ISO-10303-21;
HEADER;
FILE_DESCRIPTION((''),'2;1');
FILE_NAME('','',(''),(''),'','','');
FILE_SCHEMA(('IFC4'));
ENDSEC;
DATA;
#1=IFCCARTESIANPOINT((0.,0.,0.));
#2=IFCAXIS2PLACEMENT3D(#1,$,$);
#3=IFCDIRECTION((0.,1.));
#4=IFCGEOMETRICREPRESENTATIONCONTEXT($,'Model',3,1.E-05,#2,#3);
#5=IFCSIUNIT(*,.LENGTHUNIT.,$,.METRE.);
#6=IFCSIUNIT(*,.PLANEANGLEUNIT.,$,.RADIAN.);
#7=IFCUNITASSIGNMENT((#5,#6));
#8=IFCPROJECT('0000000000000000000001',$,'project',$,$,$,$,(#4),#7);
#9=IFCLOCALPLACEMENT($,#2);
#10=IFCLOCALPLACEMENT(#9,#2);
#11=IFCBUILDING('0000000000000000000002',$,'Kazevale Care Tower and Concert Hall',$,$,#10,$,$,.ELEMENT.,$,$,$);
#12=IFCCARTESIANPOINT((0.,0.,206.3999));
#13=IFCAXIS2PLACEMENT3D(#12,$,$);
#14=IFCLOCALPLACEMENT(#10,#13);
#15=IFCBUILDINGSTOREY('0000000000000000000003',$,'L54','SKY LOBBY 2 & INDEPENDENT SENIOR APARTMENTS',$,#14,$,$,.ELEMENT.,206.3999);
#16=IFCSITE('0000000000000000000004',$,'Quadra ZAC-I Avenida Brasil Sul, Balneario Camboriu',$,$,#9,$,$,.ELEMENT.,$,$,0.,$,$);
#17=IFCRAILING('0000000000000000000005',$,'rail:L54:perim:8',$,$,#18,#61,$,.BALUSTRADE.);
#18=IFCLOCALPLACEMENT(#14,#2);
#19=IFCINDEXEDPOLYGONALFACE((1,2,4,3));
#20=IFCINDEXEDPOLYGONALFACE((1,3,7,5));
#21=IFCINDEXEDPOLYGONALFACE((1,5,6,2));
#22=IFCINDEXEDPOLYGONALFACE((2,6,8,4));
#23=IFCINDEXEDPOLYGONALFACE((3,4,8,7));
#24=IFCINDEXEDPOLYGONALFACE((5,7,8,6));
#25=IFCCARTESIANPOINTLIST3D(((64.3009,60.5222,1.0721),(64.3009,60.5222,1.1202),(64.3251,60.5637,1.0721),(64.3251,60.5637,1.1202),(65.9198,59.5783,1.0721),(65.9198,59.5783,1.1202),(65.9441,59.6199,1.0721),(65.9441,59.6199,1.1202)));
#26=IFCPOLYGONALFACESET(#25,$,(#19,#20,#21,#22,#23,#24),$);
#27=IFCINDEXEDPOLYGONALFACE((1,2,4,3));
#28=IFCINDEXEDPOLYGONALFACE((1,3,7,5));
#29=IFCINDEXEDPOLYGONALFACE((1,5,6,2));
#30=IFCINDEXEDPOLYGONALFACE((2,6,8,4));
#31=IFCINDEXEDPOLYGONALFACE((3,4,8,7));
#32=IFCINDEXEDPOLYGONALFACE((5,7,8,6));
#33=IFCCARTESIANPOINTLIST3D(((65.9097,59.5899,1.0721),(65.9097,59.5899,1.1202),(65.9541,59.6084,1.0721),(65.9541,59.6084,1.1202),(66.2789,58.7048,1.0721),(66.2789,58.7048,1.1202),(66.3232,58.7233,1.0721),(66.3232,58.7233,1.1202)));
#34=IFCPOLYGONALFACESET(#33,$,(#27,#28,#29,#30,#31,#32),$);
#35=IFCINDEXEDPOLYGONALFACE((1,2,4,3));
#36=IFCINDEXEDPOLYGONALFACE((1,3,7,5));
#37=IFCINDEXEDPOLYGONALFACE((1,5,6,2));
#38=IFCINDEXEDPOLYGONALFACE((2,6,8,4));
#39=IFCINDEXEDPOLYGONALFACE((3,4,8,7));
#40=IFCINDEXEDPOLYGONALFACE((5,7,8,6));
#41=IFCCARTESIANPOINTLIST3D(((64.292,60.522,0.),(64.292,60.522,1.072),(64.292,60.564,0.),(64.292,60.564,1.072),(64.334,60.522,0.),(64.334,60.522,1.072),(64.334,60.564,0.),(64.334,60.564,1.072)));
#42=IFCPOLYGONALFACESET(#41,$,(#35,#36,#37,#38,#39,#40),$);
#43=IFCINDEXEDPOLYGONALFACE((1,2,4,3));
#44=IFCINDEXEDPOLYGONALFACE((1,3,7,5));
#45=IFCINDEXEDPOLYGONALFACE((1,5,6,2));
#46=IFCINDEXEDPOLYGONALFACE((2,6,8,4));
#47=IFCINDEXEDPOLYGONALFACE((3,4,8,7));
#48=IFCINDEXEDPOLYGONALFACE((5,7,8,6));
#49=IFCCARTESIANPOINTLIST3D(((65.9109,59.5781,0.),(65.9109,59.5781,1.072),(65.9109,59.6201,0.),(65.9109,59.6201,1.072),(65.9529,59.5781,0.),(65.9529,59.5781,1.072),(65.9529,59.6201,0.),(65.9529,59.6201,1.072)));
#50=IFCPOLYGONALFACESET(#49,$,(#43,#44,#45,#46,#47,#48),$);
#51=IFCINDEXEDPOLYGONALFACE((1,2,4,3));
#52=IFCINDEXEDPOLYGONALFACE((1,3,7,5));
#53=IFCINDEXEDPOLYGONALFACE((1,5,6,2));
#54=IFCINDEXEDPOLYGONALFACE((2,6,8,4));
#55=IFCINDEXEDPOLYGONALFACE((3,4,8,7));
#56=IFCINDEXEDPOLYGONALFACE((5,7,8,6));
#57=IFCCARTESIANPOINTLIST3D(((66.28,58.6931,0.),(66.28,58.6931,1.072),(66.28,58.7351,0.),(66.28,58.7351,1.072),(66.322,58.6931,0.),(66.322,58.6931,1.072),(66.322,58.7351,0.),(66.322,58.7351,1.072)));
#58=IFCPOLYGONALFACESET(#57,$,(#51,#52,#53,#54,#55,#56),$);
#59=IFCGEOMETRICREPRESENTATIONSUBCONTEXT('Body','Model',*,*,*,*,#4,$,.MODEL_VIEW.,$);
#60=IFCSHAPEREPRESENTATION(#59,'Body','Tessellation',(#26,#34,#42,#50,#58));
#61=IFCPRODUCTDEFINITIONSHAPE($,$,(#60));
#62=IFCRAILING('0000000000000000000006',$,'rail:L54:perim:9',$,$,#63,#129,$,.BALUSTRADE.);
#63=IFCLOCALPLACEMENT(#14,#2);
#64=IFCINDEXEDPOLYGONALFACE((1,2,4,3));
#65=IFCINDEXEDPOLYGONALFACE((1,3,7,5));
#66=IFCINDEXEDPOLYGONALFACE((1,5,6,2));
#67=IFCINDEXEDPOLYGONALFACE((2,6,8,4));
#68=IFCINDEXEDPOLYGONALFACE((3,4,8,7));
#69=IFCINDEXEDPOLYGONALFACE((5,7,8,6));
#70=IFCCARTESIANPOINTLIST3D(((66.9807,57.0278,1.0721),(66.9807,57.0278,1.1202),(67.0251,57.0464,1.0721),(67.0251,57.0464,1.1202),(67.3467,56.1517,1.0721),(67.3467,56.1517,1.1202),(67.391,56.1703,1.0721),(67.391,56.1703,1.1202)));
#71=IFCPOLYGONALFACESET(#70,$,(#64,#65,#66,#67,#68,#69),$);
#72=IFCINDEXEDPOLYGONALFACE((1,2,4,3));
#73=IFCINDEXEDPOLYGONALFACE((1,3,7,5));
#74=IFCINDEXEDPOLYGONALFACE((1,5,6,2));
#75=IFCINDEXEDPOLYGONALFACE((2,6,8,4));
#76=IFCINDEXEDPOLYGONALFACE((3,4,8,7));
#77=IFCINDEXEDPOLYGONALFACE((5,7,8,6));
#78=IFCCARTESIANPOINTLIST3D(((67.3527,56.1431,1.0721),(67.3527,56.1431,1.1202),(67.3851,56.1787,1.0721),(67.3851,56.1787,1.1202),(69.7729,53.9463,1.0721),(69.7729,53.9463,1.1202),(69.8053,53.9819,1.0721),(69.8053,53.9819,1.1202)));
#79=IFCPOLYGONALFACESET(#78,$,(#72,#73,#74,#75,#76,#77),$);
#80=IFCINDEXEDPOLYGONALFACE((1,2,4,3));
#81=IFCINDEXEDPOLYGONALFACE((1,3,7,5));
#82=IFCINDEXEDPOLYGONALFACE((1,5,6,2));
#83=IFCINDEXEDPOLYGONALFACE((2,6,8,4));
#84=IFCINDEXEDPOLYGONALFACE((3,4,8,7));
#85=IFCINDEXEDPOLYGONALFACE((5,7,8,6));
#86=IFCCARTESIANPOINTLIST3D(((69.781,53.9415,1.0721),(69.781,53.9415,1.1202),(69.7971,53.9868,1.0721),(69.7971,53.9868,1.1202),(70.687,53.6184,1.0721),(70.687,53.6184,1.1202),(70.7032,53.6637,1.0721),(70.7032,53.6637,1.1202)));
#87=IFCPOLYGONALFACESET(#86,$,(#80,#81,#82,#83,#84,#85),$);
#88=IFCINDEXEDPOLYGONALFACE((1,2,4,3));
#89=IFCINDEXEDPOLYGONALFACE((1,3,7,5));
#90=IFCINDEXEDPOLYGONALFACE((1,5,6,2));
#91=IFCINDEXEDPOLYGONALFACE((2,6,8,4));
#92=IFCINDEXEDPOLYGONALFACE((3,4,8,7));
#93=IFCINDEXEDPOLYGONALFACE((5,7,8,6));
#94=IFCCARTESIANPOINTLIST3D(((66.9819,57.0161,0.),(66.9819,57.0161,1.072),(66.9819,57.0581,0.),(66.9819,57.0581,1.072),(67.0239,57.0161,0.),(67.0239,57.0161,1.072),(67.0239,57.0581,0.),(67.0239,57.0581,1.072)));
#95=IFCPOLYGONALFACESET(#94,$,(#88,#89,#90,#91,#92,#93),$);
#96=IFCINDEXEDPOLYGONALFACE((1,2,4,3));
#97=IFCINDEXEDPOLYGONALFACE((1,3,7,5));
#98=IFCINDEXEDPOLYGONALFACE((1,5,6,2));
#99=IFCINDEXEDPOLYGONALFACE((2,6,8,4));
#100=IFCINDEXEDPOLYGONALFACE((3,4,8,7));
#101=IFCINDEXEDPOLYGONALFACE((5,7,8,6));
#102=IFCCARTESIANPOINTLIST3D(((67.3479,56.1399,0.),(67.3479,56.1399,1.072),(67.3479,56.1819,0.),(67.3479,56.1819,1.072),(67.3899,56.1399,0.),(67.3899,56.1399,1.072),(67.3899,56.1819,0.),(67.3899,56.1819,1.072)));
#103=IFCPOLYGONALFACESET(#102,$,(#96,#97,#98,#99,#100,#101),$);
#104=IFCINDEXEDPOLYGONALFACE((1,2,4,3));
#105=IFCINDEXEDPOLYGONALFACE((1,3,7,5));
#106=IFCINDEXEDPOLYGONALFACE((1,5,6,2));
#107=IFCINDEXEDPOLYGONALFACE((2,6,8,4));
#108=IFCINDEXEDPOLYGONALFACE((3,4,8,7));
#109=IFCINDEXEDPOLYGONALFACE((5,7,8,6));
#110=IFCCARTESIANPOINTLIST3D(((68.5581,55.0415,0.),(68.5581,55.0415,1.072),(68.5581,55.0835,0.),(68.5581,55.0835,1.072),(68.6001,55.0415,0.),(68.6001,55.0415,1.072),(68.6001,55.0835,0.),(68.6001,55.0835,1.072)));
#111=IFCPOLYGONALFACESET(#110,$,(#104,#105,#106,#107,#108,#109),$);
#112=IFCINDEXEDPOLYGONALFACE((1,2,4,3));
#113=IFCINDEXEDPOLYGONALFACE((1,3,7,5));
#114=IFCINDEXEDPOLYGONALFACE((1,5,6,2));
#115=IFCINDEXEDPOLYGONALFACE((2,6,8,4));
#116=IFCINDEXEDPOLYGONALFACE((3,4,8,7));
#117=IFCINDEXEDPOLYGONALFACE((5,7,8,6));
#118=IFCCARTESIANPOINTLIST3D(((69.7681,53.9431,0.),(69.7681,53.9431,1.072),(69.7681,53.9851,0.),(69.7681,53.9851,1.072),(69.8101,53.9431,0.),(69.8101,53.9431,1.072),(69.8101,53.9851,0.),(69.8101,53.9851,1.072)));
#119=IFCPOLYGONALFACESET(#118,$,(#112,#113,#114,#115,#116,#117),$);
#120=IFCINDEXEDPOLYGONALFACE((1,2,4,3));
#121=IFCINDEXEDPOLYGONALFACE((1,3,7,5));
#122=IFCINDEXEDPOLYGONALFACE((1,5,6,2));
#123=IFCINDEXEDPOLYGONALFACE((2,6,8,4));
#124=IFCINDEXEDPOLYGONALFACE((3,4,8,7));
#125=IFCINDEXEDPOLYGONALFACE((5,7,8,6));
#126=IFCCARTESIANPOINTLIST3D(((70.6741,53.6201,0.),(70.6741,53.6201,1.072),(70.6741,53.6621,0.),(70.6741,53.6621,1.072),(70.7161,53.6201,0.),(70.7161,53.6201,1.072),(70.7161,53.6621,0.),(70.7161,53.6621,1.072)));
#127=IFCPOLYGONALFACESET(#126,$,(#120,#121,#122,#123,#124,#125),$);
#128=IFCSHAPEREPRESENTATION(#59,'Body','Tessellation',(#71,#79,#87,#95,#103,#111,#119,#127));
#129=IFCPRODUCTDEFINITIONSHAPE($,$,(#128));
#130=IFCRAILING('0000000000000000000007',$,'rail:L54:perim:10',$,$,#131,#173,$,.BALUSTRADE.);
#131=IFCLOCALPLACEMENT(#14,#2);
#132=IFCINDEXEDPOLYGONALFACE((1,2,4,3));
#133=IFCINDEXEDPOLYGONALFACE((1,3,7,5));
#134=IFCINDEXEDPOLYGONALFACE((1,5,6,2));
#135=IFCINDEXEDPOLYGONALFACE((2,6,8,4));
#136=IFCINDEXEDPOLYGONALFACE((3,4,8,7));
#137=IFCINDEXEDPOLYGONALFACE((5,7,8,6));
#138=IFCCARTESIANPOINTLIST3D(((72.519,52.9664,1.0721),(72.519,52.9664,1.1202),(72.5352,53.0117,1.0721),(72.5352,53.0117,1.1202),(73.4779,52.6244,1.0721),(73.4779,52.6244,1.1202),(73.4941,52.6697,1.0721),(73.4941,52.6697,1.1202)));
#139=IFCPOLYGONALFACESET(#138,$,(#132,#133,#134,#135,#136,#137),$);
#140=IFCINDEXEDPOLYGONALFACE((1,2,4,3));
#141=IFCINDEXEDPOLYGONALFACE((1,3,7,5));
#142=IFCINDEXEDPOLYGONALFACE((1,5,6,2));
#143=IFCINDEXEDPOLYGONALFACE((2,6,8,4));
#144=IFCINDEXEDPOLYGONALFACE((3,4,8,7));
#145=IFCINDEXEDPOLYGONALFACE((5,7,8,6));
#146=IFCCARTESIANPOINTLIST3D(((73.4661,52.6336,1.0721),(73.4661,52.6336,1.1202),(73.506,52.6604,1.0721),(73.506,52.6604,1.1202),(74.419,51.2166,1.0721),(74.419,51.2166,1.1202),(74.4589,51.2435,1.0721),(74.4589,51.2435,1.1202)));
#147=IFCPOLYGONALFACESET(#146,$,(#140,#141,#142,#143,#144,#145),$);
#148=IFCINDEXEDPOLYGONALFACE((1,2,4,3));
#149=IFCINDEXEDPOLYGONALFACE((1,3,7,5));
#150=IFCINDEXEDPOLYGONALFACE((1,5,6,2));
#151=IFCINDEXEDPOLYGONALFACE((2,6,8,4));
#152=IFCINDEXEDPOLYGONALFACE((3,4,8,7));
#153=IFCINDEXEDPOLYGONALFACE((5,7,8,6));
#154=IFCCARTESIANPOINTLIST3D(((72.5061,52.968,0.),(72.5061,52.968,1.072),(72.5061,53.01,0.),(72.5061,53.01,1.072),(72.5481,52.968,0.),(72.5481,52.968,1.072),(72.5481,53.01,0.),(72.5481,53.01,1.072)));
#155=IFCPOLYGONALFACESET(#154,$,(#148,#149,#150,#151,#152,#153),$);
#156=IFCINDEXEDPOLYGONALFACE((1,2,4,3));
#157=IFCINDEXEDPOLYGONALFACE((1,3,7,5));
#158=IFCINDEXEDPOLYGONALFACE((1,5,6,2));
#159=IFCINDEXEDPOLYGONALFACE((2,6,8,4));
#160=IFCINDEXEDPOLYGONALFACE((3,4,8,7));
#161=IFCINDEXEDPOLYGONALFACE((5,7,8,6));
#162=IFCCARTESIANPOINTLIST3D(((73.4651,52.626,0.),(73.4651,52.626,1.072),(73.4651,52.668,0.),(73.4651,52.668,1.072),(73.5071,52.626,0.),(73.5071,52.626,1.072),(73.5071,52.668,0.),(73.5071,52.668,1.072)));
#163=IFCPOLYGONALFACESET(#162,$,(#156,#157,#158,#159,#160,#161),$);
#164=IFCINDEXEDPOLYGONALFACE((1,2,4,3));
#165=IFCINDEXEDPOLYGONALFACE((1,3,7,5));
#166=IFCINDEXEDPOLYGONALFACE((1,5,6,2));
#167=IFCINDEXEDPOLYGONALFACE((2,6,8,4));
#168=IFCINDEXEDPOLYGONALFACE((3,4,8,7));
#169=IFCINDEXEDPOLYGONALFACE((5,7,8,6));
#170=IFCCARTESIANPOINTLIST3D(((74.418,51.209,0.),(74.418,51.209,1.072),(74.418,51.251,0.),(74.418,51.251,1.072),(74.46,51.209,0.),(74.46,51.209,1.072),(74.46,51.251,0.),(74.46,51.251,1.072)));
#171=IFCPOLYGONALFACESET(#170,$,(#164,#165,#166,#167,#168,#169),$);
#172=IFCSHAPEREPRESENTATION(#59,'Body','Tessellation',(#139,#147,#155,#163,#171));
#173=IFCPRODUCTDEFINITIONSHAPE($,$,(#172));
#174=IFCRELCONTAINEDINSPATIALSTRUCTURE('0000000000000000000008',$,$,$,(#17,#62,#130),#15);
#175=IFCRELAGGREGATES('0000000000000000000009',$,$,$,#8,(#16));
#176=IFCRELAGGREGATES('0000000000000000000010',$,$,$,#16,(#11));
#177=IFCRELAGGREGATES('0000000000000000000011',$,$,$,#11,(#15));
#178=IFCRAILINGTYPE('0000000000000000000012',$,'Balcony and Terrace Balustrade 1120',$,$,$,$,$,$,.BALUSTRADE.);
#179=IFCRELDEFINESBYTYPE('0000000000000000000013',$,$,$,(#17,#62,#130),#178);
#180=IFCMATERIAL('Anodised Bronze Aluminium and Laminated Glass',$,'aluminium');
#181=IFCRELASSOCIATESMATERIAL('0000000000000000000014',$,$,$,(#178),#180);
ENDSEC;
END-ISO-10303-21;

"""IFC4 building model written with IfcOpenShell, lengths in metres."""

from ifc_helpers import new_model, si_unit, direction, frame, origin, origin_2d, place, context, subcontext, project, spatial, rectangle, extrude, material, type_object, element, save


model = new_model("IFC4")

# Units and contexts
model_context = context("Model", 3, precision=1e-05, world=origin(), true_north=direction((0.0, 1.0)))
body_context = subcontext(model_context, "Body", "Model", "MODEL_VIEW")
ifc_project = project(units=[si_unit("LENGTHUNIT", "METRE"), si_unit("PLANEANGLEUNIT", "RADIAN")], contexts=[model_context])

# Site, building, storey
site_placement = place(None, origin())
site = spatial("IfcSite", under=ifc_project, at=site_placement, Name="Quadra ZAC-I Avenida Brasil Sul, Balneario Camboriu", CompositionType="ELEMENT", RefElevation=0.0)
building_placement = place(site_placement, origin())
building = spatial("IfcBuilding", under=site, at=building_placement, Name="Kazevale Care Tower and Concert Hall", CompositionType="ELEMENT")
storey_placement = place(building_placement, frame((0.0, 0.0, 206.3999)))
storey = spatial("IfcBuildingStorey", under=building, at=storey_placement, Name="L54", Description="SKY LOBBY 2 & INDEPENDENT SENIOR APARTMENTS", CompositionType="ELEMENT", Elevation=206.3999)

# Railings
ifc_material_1 = material(Name="Anodised Bronze Aluminium and Laminated Glass", Category="aluminium")
railing_type = type_object("IfcRailingType", Name="Balcony and Terrace Balustrade 1120", PredefinedType="BALUSTRADE", material=ifc_material_1)
railing_1_placement = place(storey_placement, frame((64.313, 60.543, 0.0)))
element("IfcRailing", 1, at=railing_1_placement, inside=storey, type_object=railing_type, Name="rail:L54:perim:8", PredefinedType="BALUSTRADE", context=body_context, shape_type="SweptSolid", body=[
    extrude(rectangle(XDim=0.0481, YDim=0.0481, at=origin_2d()), frame((0.0, 0.0, 1.0962), z_axis=(0.863897, -0.503669, 0.0), x_axis=(0.503669, 0.863897, 0.0)), (0.0, 0.0, 1.0), 1.874),
    extrude(rectangle(XDim=0.0481, YDim=0.0481, at=origin_2d()), frame((1.6189, -0.9438, 1.0962), z_axis=(0.384959, -0.922934, 0.0), x_axis=(0.922934, 0.384959, 0.0)), (0.0, 0.0, 1.0), 0.959),
    extrude(rectangle(XDim=0.042, YDim=0.042, at=origin_2d()), origin(), (0.0, 0.0, 1.0), 1.072),
    extrude(rectangle(XDim=0.042, YDim=0.042, at=origin_2d()), frame((1.6189, -0.9438, 0.0)), (0.0, 0.0, 1.0), 1.072),
    extrude(rectangle(XDim=0.042, YDim=0.042, at=origin_2d()), frame((1.988, -1.8289, 0.0)), (0.0, 0.0, 1.0), 1.072),
])
railing_2_placement = place(storey_placement, frame((67.0029, 57.0371, 0.0)))
element("IfcRailing", 2, at=railing_2_placement, inside=storey, type_object=railing_type, Name="rail:L54:perim:9", PredefinedType="BALUSTRADE", context=body_context, shape_type="SweptSolid", body=[
    extrude(rectangle(XDim=0.0481, YDim=0.0481, at=origin_2d()), frame((0.0, 0.0, 1.0962), z_axis=(0.3854, -0.92275, 0.0), x_axis=(0.92275, 0.3854, 0.0)), (0.0, 0.0, 1.0), 0.9495),
    extrude(rectangle(XDim=0.0481, YDim=0.0481, at=origin_2d()), frame((0.366, -0.8762, 1.0962), z_axis=(0.740454, -0.672107, 0.0), x_axis=(0.672107, 0.740454, 0.0)), (0.0, 0.0, 1.0), 3.2686),
    extrude(rectangle(XDim=0.0481, YDim=0.0481, at=origin_2d()), frame((2.7861, -3.073, 1.0962), z_axis=(0.941931, -0.335806, 0.0), x_axis=(0.335806, 0.941931, 0.0)), (0.0, 0.0, 1.0), 0.9619),
    extrude(rectangle(XDim=0.042, YDim=0.042, at=origin_2d()), origin(), (0.0, 0.0, 1.0), 1.072),
    extrude(rectangle(XDim=0.042, YDim=0.042, at=origin_2d()), frame((0.366, -0.8762, 0.0)), (0.0, 0.0, 1.0), 1.072),
    extrude(rectangle(XDim=0.042, YDim=0.042, at=origin_2d()), frame((1.5762, -1.9746, 0.0)), (0.0, 0.0, 1.0), 1.072),
    extrude(rectangle(XDim=0.042, YDim=0.042, at=origin_2d()), frame((2.7861, -3.073, 0.0)), (0.0, 0.0, 1.0), 1.072),
    extrude(rectangle(XDim=0.042, YDim=0.042, at=origin_2d()), frame((3.6921, -3.396, 0.0)), (0.0, 0.0, 1.0), 1.072),
])
railing_3_placement = place(storey_placement, frame((72.5271, 52.989, 0.0)))
element("IfcRailing", 3, at=railing_3_placement, inside=storey, type_object=railing_type, Name="rail:L54:perim:10", PredefinedType="BALUSTRADE", context=body_context, shape_type="SweptSolid", body=[
    extrude(rectangle(XDim=0.0481, YDim=0.0481, at=origin_2d()), frame((0.0, 0.0, 1.0962), z_axis=(0.941883, -0.335941, 0.0), x_axis=(0.335941, 0.941883, 0.0)), (0.0, 0.0, 1.0), 1.0181),
    extrude(rectangle(XDim=0.0481, YDim=0.0481, at=origin_2d()), frame((0.959, -0.342, 1.0962), z_axis=(0.558028, -0.829822, 0.0), x_axis=(0.829822, 0.558028, 0.0)), (0.0, 0.0, 1.0), 1.7075),
    extrude(rectangle(XDim=0.042, YDim=0.042, at=origin_2d()), origin(), (0.0, 0.0, 1.0), 1.072),
    extrude(rectangle(XDim=0.042, YDim=0.042, at=origin_2d()), frame((0.959, -0.342, 0.0)), (0.0, 0.0, 1.0), 1.072),
    extrude(rectangle(XDim=0.042, YDim=0.042, at=origin_2d()), frame((1.9119, -1.759, 0.0)), (0.0, 0.0, 1.0), 1.072),
])

save(model, "model.ifc")
